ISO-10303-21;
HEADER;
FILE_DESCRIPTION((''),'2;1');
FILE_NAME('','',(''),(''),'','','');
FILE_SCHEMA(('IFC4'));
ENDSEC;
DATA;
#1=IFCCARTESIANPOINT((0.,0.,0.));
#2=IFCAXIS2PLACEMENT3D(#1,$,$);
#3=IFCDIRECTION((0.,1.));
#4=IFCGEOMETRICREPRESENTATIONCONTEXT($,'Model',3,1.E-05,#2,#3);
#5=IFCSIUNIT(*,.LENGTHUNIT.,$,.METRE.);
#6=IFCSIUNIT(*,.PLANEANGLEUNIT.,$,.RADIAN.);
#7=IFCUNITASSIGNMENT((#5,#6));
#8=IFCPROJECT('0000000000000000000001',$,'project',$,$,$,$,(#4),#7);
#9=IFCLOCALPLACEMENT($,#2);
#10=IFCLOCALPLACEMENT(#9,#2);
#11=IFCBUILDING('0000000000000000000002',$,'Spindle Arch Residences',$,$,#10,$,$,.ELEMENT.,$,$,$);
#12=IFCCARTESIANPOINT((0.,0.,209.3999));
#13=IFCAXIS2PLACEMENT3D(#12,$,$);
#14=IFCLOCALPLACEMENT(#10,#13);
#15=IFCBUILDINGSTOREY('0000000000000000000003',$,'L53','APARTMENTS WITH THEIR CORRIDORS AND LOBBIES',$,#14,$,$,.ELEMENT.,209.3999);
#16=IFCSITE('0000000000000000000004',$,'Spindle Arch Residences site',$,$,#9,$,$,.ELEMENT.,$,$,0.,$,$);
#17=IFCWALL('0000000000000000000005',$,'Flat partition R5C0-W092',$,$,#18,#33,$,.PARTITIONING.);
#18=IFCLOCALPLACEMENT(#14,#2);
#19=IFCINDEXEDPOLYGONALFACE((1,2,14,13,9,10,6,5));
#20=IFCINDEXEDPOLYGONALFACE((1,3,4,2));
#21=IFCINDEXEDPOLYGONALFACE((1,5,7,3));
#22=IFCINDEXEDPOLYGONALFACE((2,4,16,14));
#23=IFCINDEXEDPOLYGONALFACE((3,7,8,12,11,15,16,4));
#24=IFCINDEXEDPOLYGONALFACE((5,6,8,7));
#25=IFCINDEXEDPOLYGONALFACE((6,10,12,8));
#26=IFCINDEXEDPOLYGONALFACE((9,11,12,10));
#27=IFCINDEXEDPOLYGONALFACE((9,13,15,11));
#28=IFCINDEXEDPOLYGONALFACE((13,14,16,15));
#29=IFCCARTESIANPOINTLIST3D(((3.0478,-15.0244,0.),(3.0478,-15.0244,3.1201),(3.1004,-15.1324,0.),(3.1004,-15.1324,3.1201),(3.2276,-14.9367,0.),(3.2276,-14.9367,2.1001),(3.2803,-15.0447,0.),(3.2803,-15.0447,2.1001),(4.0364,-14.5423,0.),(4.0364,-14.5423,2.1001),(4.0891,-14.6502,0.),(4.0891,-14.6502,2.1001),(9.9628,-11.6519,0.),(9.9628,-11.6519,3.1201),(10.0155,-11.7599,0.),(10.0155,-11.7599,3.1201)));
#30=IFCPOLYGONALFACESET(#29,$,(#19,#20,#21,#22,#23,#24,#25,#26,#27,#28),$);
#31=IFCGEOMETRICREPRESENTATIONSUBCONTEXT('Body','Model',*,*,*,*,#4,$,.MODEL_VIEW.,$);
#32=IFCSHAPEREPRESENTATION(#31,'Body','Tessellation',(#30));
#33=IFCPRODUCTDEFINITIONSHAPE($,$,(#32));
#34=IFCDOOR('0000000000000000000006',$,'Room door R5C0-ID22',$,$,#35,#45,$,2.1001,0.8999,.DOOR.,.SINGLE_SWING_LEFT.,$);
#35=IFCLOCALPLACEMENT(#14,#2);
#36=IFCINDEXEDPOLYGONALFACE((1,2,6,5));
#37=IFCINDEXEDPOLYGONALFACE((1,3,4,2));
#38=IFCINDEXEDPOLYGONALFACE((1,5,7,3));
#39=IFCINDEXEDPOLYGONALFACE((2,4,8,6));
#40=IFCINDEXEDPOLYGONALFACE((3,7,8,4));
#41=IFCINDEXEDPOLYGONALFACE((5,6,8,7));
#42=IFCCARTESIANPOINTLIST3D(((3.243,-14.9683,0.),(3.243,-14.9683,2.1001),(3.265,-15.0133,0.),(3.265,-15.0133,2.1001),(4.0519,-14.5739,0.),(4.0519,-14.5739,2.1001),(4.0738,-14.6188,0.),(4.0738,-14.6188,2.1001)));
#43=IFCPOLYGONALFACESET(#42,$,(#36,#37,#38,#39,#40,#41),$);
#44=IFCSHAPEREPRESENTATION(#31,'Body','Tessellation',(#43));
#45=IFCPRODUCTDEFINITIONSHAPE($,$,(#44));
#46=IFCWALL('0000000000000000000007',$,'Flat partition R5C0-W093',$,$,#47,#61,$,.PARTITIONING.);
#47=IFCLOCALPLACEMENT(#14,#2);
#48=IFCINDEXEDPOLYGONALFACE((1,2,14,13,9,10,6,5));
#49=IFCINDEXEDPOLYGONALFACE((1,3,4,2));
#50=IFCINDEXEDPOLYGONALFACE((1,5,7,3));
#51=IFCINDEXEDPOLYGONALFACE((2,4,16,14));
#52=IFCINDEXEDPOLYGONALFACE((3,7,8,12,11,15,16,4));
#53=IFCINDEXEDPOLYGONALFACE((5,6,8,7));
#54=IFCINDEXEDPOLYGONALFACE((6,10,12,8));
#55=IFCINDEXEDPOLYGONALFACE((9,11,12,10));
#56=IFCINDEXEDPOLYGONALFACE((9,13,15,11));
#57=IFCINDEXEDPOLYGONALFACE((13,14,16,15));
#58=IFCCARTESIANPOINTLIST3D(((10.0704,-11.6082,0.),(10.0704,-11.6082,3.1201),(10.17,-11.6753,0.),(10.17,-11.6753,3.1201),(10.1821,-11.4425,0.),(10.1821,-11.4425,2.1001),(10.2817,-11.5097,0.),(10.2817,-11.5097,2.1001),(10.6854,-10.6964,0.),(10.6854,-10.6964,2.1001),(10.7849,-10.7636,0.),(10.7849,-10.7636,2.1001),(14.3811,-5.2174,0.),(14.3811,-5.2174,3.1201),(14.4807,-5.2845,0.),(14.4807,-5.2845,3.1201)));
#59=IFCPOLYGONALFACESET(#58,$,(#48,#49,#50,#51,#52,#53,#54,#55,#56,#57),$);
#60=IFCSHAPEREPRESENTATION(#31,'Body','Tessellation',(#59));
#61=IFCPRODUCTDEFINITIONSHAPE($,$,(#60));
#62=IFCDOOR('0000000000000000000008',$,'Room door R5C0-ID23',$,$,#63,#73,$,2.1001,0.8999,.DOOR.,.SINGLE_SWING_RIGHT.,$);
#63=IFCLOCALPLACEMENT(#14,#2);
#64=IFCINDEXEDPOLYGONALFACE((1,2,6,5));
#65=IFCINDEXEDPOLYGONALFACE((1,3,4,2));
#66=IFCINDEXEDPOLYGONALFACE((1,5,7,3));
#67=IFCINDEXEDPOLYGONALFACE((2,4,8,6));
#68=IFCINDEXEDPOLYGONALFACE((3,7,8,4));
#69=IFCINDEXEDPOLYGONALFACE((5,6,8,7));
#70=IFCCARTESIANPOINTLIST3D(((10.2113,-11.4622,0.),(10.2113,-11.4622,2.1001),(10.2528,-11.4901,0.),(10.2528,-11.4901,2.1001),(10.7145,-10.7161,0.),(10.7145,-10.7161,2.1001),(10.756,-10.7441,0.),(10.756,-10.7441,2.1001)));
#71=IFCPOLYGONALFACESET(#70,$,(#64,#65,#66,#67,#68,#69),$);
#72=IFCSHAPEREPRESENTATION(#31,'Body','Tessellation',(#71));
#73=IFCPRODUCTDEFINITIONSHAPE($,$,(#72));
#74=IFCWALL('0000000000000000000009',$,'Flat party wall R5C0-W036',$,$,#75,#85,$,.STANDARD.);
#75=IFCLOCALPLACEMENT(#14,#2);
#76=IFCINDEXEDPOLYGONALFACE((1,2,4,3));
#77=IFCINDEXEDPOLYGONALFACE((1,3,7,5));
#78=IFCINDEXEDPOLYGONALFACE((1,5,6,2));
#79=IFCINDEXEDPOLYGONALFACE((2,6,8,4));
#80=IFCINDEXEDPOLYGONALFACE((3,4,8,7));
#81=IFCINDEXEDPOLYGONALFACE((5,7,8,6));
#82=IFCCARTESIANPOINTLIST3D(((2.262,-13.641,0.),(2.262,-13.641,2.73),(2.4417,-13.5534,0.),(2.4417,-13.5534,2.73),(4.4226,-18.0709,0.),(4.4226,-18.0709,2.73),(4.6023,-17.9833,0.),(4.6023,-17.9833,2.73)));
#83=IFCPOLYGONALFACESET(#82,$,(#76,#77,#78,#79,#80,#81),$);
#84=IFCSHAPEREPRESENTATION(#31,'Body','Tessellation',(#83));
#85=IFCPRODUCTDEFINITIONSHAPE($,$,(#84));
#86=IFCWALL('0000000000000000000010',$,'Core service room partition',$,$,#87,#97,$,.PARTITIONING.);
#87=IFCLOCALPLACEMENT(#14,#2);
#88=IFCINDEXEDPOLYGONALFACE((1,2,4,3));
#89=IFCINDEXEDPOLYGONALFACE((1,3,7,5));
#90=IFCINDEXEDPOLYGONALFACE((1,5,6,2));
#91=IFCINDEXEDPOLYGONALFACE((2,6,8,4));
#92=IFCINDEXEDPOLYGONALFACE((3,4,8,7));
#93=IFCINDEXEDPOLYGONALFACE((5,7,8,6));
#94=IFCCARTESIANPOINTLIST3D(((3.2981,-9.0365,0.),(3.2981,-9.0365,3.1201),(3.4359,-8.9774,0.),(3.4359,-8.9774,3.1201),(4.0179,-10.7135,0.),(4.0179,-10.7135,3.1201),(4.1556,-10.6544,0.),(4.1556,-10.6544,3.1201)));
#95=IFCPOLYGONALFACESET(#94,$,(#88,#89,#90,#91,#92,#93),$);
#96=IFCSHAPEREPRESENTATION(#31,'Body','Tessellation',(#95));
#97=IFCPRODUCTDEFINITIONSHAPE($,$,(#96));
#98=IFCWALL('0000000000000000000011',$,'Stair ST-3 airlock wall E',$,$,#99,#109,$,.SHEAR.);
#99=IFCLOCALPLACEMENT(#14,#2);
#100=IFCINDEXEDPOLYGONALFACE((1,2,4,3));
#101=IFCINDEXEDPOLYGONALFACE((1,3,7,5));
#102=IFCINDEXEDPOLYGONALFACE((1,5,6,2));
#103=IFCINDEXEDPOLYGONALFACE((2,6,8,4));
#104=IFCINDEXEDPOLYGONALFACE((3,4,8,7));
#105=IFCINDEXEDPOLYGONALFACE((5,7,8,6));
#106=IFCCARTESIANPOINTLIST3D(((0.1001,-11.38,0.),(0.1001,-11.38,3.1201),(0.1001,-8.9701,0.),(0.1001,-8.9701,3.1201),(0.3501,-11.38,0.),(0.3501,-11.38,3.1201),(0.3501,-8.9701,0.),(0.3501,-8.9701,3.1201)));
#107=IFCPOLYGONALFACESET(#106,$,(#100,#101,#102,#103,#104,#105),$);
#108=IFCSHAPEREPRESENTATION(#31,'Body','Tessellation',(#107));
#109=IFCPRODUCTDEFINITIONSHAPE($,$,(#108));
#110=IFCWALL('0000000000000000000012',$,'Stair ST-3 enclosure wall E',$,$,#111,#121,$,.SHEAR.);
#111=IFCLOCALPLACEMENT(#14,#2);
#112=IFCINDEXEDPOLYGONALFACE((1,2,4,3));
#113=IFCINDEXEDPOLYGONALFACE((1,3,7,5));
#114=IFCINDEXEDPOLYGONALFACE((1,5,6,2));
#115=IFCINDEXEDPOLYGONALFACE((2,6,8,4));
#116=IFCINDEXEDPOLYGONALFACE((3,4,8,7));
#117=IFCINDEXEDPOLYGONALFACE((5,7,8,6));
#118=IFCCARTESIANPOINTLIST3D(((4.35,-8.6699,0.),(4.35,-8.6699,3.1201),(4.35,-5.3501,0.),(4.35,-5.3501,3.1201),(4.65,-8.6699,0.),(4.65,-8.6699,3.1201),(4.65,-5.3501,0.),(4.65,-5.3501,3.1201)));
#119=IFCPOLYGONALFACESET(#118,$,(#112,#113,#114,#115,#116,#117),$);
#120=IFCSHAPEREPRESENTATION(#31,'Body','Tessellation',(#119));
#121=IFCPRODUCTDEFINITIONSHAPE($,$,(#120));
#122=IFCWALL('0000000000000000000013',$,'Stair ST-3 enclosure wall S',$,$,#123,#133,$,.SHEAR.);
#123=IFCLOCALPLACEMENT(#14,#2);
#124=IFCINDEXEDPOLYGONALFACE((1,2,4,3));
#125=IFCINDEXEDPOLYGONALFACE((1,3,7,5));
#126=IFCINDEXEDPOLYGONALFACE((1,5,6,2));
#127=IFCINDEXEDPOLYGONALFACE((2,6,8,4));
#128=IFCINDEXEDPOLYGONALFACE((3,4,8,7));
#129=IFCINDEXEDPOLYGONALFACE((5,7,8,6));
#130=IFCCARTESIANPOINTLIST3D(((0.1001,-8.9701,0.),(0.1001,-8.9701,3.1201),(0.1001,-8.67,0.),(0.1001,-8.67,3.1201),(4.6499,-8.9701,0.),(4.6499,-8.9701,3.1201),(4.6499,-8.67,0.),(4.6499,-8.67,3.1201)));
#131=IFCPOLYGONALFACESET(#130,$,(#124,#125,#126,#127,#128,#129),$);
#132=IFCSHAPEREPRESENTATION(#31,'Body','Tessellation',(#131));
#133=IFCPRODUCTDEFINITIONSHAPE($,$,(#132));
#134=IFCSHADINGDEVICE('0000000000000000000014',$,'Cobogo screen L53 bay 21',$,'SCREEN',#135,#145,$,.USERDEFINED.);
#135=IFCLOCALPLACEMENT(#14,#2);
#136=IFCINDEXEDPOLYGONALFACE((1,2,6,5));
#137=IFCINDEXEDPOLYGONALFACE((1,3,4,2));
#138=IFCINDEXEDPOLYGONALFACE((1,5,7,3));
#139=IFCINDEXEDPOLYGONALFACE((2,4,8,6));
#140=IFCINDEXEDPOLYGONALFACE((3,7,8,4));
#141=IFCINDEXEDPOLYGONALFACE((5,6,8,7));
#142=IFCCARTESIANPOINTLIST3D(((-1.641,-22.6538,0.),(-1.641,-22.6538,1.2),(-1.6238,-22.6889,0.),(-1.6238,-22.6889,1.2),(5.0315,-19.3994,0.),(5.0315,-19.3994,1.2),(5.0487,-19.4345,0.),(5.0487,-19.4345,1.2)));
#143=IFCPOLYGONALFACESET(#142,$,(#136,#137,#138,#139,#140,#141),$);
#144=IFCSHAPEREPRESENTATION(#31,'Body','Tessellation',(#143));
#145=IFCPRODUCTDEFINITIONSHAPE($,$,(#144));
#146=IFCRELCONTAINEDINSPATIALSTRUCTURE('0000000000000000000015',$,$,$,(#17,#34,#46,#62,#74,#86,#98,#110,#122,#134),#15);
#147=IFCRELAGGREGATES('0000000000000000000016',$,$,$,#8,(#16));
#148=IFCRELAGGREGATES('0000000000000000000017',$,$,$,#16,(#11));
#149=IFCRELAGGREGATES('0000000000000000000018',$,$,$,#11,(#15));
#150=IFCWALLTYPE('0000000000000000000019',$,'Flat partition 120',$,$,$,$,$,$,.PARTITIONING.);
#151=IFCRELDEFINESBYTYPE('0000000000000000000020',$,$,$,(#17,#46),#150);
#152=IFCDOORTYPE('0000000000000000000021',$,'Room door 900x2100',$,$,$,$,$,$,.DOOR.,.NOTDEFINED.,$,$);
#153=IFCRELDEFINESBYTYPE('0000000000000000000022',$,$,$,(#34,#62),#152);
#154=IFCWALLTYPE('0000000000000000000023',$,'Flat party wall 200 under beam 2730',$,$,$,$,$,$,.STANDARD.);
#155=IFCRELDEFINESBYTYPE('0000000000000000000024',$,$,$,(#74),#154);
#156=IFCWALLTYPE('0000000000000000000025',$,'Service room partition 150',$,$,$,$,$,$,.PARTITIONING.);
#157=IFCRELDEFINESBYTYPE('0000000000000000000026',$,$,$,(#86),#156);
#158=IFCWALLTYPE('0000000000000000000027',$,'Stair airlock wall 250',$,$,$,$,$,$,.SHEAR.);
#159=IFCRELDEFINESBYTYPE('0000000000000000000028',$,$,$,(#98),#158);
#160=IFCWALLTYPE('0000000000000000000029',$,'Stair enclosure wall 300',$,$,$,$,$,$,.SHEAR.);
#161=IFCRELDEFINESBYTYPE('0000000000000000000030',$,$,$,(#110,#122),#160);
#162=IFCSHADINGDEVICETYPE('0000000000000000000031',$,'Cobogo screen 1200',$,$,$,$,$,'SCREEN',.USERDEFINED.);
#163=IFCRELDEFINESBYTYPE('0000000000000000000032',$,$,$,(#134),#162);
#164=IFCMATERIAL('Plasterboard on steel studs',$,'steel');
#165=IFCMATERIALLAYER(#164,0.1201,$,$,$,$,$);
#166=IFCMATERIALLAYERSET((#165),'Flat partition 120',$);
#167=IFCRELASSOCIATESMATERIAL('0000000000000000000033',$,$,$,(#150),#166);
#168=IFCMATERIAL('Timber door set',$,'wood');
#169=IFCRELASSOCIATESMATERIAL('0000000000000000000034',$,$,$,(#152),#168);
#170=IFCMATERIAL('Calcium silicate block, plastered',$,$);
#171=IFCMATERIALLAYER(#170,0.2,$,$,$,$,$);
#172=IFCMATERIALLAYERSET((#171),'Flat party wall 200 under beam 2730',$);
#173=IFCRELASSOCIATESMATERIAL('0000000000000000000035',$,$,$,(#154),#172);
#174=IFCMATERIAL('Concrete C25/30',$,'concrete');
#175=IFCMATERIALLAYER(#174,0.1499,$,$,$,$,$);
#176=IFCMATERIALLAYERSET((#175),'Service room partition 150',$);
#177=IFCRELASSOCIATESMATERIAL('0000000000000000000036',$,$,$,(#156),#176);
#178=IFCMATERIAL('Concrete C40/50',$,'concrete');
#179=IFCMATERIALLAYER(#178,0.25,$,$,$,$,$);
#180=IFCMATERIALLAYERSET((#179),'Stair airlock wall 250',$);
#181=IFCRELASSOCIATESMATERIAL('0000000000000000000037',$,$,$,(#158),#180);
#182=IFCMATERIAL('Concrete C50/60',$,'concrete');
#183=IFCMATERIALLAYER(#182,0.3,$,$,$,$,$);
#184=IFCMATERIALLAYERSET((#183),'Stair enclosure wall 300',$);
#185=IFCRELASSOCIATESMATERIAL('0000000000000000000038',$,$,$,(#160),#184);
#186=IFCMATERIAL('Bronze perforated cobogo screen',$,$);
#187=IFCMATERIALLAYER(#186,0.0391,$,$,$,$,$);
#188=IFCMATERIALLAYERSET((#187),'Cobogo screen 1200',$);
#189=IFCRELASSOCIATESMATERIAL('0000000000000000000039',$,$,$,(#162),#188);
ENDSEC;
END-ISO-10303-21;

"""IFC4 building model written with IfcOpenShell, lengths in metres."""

from ifc_helpers import new_model, si_unit, direction, frame, frame_2d, origin, origin_2d, place, context, subcontext, project, spatial, rectangle, extrude, material, layer, layer_set, type_object, element, fill, save


model = new_model("IFC4")

# Units and contexts
model_context = context("Model", 3, precision=1e-05, world=origin(), true_north=direction((0.0, 1.0)))
body_context = subcontext(model_context, "Body", "Model", "MODEL_VIEW")
ifc_project = project(units=[si_unit("LENGTHUNIT", "METRE"), si_unit("PLANEANGLEUNIT", "RADIAN")], contexts=[model_context])

# Site, building, storey
site_placement = place(None, origin())
site = spatial("IfcSite", under=ifc_project, at=site_placement, Name="Spindle Arch Residences site", CompositionType="ELEMENT", RefElevation=0.0)
building_placement = place(site_placement, origin())
building = spatial("IfcBuilding", under=site, at=building_placement, Name="Spindle Arch Residences", CompositionType="ELEMENT")
storey_placement = place(building_placement, frame((0.0, 0.0, 209.3999)))
storey = spatial("IfcBuildingStorey", under=building, at=storey_placement, Name="L53", Description="APARTMENTS WITH THEIR CORRIDORS AND LOBBIES", CompositionType="ELEMENT", Elevation=209.3999)

# Walls, openings, doors
ifc_material_1 = material(Name="Plasterboard on steel studs", Category="steel")
ifc_layer_1 = layer(ifc_material_1, 0.1201)
ifc_layer_set_1 = layer_set([ifc_layer_1], Name="Flat partition 120")
wall_type_1 = type_object("IfcWallType", Name="Flat partition 120", PredefinedType="PARTITIONING", material=ifc_layer_set_1)
wall_1_placement = place(storey_placement, frame((3.0742, -15.0784, 0.0), z_axis=(0.0, 0.0, 1.0), x_axis=(0.898801, 0.438357, 0.0)))
wall_1 = element("IfcWall", 1, at=wall_1_placement, inside=storey, type_object=wall_type_1, Name="Flat partition R5C0-W092", PredefinedType="PARTITIONING", context=body_context, shape_type="SweptSolid", body=[
    extrude(rectangle(XDim=7.6936, YDim=0.1201, at=frame_2d((3.8467, 0.0))), origin(), (0.0, 0.0, 1.0), 3.1201),
])
opening_1_placement = place(wall_1_placement, frame((0.2, 0.0, 0.0)))
opening_1 = element("IfcOpeningElement", 2, at=opening_1_placement, cuts=wall_1, PredefinedType="OPENING", context=body_context, shape_type="SweptSolid", body=[
    extrude(rectangle(XDim=0.8999, YDim=2.1001, at=frame_2d((0.45, 1.05))), frame((0.0, 0.0701, 0.0), z_axis=(0.0, -1.0, 0.0), x_axis=(1.0, 0.0, 0.0)), (0.0, 0.0, 1.0), 0.1401),
])
ifc_material_2 = material(Name="Timber door set", Category="wood")
door_type_1 = type_object("IfcDoorType", Name="Room door 900x2100", OperationType="NOTDEFINED", PredefinedType="DOOR", material=ifc_material_2)
door_1_placement = place(opening_1_placement, origin())
door_1 = element("IfcDoor", 3, at=door_1_placement, inside=storey, type_object=door_type_1, Name="Room door R5C0-ID22", OperationType="SINGLE_SWING_LEFT", OverallHeight=2.1001, OverallWidth=0.8999, PredefinedType="DOOR", context=body_context, shape_type="SweptSolid", body=[
    extrude(rectangle(XDim=0.8999, YDim=2.1001, at=frame_2d((0.45, 1.05))), frame((0.0, 0.0249, 0.0), z_axis=(0.0, -1.0, 0.0), x_axis=(1.0, 0.0, 0.0)), (0.0, 0.0, 1.0), 0.05),
])
fill(opening_1, door_1)
wall_2_placement = place(storey_placement, frame((10.1201, -11.6418, 0.0), z_axis=(0.0, 0.0, 1.0), x_axis=(0.559201, 0.829032, 0.0)))
wall_2 = element("IfcWall", 4, at=wall_2_placement, inside=storey, type_object=wall_type_1, Name="Flat partition R5C0-W093", PredefinedType="PARTITIONING", context=body_context, shape_type="SweptSolid", body=[
    extrude(rectangle(XDim=7.7087, YDim=0.1201, at=frame_2d((3.8545, 0.0))), origin(), (0.0, 0.0, 1.0), 3.1201),
])
opening_2_placement = place(wall_2_placement, frame((0.2, 0.0, 0.0)))
opening_2 = element("IfcOpeningElement", 5, at=opening_2_placement, cuts=wall_2, PredefinedType="OPENING", context=body_context, shape_type="SweptSolid", body=[
    extrude(rectangle(XDim=0.8999, YDim=2.1001, at=frame_2d((0.45, 1.05))), frame((0.0, 0.0701, 0.0), z_axis=(0.0, -1.0, 0.0), x_axis=(1.0, 0.0, 0.0)), (0.0, 0.0, 1.0), 0.1401),
])
door_2_placement = place(opening_2_placement, origin())
door_2 = element("IfcDoor", 6, at=door_2_placement, inside=storey, type_object=door_type_1, Name="Room door R5C0-ID23", OperationType="SINGLE_SWING_RIGHT", OverallHeight=2.1001, OverallWidth=0.8999, PredefinedType="DOOR", context=body_context, shape_type="SweptSolid", body=[
    extrude(rectangle(XDim=0.8999, YDim=2.1001, at=frame_2d((0.45, 1.05))), frame((0.0, 0.0249, 0.0), z_axis=(0.0, -1.0, 0.0), x_axis=(1.0, 0.0, 0.0)), (0.0, 0.0, 1.0), 0.05),
])
fill(opening_2, door_2)

# Wall
ifc_material_3 = material(Name="Calcium silicate block, plastered")
ifc_layer_2 = layer(ifc_material_3, 0.2)
ifc_layer_set_2 = layer_set([ifc_layer_2], Name="Flat party wall 200 under beam 2730")
wall_type_2 = type_object("IfcWallType", Name="Flat party wall 200 under beam 2730", PredefinedType="STANDARD", material=ifc_layer_set_2)
wall_3_placement = place(storey_placement, frame((4.5125, -18.0271, 0.0), z_axis=(0.0, 0.0, 1.0), x_axis=(-0.438375, 0.898792, 0.0)))
element("IfcWall", 7, at=wall_3_placement, inside=storey, type_object=wall_type_2, Name="Flat party wall R5C0-W036", PredefinedType="STANDARD", context=body_context, shape_type="SweptSolid", body=[
    extrude(rectangle(XDim=4.9287, YDim=0.2, at=frame_2d((2.4644, 0.0))), origin(), (0.0, 0.0, 1.0), 2.73),
])

# Walls
ifc_material_4 = material(Name="Concrete C25/30", Category="concrete")
ifc_layer_3 = layer(ifc_material_4, 0.1499)
ifc_layer_set_3 = layer_set([ifc_layer_3], Name="Service room partition 150")
wall_type_3 = type_object("IfcWallType", Name="Service room partition 150", PredefinedType="PARTITIONING", material=ifc_layer_set_3)
wall_4_placement = place(storey_placement, frame((3.3669, -9.0068, 0.0), z_axis=(0.0, 0.0, 1.0), x_axis=(0.394387, -0.918944, 0.0)))
element("IfcWall", 8, at=wall_4_placement, inside=storey, type_object=wall_type_3, Name="Core service room partition", PredefinedType="PARTITIONING", context=body_context, shape_type="SweptSolid", body=[
    extrude(rectangle(XDim=1.825, YDim=0.1499, at=frame_2d((0.9126, 0.0))), origin(), (0.0, 0.0, 1.0), 3.1201),
])
ifc_material_5 = material(Name="Concrete C40/50", Category="concrete")
ifc_layer_4 = layer(ifc_material_5, 0.25)
ifc_layer_set_4 = layer_set([ifc_layer_4], Name="Stair airlock wall 250")
wall_type_4 = type_object("IfcWallType", Name="Stair airlock wall 250", PredefinedType="SHEAR", material=ifc_layer_set_4)
wall_5_placement = place(storey_placement, frame((0.2251, -8.97, 0.0), z_axis=(0.0, 0.0, 1.0), x_axis=(0.0, -1.0, 0.0)))
element("IfcWall", 9, at=wall_5_placement, inside=storey, type_object=wall_type_4, Name="Stair ST-3 airlock wall E", PredefinedType="SHEAR", context=body_context, shape_type="SweptSolid", body=[
    extrude(rectangle(XDim=2.4099, YDim=0.25, at=frame_2d((1.2051, 0.0))), origin(), (0.0, 0.0, 1.0), 3.1201),
])
ifc_material_6 = material(Name="Concrete C50/60", Category="concrete")
ifc_layer_5 = layer(ifc_material_6, 0.3)
ifc_layer_set_5 = layer_set([ifc_layer_5], Name="Stair enclosure wall 300")
wall_type_5 = type_object("IfcWallType", Name="Stair enclosure wall 300", PredefinedType="SHEAR", material=ifc_layer_set_5)
wall_6_placement = place(storey_placement, frame((4.5, -8.6699, 0.0), z_axis=(0.0, 0.0, 1.0), x_axis=(0.0, 1.0, 0.0)))
element("IfcWall", 10, at=wall_6_placement, inside=storey, type_object=wall_type_5, Name="Stair ST-3 enclosure wall E", PredefinedType="SHEAR", context=body_context, shape_type="SweptSolid", body=[
    extrude(rectangle(XDim=3.3198, YDim=0.3, at=frame_2d((1.6599, 0.0))), origin(), (0.0, 0.0, 1.0), 3.1201),
])
wall_7_placement = place(storey_placement, frame((0.1001, -8.8201, 0.0), z_axis=(0.0, 0.0, 1.0), x_axis=(1.0, 0.0, 0.0)))
element("IfcWall", 11, at=wall_7_placement, inside=storey, type_object=wall_type_5, Name="Stair ST-3 enclosure wall S", PredefinedType="SHEAR", context=body_context, shape_type="SweptSolid", body=[
    extrude(rectangle(XDim=4.5498, YDim=0.3, at=frame_2d((2.2749, 0.0))), origin(), (0.0, 0.0, 1.0), 3.1201),
])

# Shading device
ifc_material_7 = material(Name="Bronze perforated cobogo screen")
ifc_layer_6 = layer(ifc_material_7, 0.0391)
ifc_layer_set_6 = layer_set([ifc_layer_6], Name="Cobogo screen 1200")
shading_device_type = type_object("IfcShadingDeviceType", Name="Cobogo screen 1200", ElementType="SCREEN", PredefinedType="USERDEFINED", material=ifc_layer_set_6)
shading_device_placement = place(storey_placement, frame((1.7039, -21.0442, 0.0), z_axis=(0.0, 0.0, 1.0), x_axis=(0.898794, 0.438371, 0.0)))
element("IfcShadingDevice", 12, at=shading_device_placement, inside=storey, type_object=shading_device_type, Name="Cobogo screen L53 bay 21", ObjectType="SCREEN", PredefinedType="USERDEFINED", context=body_context, shape_type="SweptSolid", body=[
    extrude(rectangle(XDim=7.4238, YDim=0.0391, at=origin_2d()), origin(), (0.0, 0.0, 1.0), 1.2),
])

save(model, "model.ifc")
